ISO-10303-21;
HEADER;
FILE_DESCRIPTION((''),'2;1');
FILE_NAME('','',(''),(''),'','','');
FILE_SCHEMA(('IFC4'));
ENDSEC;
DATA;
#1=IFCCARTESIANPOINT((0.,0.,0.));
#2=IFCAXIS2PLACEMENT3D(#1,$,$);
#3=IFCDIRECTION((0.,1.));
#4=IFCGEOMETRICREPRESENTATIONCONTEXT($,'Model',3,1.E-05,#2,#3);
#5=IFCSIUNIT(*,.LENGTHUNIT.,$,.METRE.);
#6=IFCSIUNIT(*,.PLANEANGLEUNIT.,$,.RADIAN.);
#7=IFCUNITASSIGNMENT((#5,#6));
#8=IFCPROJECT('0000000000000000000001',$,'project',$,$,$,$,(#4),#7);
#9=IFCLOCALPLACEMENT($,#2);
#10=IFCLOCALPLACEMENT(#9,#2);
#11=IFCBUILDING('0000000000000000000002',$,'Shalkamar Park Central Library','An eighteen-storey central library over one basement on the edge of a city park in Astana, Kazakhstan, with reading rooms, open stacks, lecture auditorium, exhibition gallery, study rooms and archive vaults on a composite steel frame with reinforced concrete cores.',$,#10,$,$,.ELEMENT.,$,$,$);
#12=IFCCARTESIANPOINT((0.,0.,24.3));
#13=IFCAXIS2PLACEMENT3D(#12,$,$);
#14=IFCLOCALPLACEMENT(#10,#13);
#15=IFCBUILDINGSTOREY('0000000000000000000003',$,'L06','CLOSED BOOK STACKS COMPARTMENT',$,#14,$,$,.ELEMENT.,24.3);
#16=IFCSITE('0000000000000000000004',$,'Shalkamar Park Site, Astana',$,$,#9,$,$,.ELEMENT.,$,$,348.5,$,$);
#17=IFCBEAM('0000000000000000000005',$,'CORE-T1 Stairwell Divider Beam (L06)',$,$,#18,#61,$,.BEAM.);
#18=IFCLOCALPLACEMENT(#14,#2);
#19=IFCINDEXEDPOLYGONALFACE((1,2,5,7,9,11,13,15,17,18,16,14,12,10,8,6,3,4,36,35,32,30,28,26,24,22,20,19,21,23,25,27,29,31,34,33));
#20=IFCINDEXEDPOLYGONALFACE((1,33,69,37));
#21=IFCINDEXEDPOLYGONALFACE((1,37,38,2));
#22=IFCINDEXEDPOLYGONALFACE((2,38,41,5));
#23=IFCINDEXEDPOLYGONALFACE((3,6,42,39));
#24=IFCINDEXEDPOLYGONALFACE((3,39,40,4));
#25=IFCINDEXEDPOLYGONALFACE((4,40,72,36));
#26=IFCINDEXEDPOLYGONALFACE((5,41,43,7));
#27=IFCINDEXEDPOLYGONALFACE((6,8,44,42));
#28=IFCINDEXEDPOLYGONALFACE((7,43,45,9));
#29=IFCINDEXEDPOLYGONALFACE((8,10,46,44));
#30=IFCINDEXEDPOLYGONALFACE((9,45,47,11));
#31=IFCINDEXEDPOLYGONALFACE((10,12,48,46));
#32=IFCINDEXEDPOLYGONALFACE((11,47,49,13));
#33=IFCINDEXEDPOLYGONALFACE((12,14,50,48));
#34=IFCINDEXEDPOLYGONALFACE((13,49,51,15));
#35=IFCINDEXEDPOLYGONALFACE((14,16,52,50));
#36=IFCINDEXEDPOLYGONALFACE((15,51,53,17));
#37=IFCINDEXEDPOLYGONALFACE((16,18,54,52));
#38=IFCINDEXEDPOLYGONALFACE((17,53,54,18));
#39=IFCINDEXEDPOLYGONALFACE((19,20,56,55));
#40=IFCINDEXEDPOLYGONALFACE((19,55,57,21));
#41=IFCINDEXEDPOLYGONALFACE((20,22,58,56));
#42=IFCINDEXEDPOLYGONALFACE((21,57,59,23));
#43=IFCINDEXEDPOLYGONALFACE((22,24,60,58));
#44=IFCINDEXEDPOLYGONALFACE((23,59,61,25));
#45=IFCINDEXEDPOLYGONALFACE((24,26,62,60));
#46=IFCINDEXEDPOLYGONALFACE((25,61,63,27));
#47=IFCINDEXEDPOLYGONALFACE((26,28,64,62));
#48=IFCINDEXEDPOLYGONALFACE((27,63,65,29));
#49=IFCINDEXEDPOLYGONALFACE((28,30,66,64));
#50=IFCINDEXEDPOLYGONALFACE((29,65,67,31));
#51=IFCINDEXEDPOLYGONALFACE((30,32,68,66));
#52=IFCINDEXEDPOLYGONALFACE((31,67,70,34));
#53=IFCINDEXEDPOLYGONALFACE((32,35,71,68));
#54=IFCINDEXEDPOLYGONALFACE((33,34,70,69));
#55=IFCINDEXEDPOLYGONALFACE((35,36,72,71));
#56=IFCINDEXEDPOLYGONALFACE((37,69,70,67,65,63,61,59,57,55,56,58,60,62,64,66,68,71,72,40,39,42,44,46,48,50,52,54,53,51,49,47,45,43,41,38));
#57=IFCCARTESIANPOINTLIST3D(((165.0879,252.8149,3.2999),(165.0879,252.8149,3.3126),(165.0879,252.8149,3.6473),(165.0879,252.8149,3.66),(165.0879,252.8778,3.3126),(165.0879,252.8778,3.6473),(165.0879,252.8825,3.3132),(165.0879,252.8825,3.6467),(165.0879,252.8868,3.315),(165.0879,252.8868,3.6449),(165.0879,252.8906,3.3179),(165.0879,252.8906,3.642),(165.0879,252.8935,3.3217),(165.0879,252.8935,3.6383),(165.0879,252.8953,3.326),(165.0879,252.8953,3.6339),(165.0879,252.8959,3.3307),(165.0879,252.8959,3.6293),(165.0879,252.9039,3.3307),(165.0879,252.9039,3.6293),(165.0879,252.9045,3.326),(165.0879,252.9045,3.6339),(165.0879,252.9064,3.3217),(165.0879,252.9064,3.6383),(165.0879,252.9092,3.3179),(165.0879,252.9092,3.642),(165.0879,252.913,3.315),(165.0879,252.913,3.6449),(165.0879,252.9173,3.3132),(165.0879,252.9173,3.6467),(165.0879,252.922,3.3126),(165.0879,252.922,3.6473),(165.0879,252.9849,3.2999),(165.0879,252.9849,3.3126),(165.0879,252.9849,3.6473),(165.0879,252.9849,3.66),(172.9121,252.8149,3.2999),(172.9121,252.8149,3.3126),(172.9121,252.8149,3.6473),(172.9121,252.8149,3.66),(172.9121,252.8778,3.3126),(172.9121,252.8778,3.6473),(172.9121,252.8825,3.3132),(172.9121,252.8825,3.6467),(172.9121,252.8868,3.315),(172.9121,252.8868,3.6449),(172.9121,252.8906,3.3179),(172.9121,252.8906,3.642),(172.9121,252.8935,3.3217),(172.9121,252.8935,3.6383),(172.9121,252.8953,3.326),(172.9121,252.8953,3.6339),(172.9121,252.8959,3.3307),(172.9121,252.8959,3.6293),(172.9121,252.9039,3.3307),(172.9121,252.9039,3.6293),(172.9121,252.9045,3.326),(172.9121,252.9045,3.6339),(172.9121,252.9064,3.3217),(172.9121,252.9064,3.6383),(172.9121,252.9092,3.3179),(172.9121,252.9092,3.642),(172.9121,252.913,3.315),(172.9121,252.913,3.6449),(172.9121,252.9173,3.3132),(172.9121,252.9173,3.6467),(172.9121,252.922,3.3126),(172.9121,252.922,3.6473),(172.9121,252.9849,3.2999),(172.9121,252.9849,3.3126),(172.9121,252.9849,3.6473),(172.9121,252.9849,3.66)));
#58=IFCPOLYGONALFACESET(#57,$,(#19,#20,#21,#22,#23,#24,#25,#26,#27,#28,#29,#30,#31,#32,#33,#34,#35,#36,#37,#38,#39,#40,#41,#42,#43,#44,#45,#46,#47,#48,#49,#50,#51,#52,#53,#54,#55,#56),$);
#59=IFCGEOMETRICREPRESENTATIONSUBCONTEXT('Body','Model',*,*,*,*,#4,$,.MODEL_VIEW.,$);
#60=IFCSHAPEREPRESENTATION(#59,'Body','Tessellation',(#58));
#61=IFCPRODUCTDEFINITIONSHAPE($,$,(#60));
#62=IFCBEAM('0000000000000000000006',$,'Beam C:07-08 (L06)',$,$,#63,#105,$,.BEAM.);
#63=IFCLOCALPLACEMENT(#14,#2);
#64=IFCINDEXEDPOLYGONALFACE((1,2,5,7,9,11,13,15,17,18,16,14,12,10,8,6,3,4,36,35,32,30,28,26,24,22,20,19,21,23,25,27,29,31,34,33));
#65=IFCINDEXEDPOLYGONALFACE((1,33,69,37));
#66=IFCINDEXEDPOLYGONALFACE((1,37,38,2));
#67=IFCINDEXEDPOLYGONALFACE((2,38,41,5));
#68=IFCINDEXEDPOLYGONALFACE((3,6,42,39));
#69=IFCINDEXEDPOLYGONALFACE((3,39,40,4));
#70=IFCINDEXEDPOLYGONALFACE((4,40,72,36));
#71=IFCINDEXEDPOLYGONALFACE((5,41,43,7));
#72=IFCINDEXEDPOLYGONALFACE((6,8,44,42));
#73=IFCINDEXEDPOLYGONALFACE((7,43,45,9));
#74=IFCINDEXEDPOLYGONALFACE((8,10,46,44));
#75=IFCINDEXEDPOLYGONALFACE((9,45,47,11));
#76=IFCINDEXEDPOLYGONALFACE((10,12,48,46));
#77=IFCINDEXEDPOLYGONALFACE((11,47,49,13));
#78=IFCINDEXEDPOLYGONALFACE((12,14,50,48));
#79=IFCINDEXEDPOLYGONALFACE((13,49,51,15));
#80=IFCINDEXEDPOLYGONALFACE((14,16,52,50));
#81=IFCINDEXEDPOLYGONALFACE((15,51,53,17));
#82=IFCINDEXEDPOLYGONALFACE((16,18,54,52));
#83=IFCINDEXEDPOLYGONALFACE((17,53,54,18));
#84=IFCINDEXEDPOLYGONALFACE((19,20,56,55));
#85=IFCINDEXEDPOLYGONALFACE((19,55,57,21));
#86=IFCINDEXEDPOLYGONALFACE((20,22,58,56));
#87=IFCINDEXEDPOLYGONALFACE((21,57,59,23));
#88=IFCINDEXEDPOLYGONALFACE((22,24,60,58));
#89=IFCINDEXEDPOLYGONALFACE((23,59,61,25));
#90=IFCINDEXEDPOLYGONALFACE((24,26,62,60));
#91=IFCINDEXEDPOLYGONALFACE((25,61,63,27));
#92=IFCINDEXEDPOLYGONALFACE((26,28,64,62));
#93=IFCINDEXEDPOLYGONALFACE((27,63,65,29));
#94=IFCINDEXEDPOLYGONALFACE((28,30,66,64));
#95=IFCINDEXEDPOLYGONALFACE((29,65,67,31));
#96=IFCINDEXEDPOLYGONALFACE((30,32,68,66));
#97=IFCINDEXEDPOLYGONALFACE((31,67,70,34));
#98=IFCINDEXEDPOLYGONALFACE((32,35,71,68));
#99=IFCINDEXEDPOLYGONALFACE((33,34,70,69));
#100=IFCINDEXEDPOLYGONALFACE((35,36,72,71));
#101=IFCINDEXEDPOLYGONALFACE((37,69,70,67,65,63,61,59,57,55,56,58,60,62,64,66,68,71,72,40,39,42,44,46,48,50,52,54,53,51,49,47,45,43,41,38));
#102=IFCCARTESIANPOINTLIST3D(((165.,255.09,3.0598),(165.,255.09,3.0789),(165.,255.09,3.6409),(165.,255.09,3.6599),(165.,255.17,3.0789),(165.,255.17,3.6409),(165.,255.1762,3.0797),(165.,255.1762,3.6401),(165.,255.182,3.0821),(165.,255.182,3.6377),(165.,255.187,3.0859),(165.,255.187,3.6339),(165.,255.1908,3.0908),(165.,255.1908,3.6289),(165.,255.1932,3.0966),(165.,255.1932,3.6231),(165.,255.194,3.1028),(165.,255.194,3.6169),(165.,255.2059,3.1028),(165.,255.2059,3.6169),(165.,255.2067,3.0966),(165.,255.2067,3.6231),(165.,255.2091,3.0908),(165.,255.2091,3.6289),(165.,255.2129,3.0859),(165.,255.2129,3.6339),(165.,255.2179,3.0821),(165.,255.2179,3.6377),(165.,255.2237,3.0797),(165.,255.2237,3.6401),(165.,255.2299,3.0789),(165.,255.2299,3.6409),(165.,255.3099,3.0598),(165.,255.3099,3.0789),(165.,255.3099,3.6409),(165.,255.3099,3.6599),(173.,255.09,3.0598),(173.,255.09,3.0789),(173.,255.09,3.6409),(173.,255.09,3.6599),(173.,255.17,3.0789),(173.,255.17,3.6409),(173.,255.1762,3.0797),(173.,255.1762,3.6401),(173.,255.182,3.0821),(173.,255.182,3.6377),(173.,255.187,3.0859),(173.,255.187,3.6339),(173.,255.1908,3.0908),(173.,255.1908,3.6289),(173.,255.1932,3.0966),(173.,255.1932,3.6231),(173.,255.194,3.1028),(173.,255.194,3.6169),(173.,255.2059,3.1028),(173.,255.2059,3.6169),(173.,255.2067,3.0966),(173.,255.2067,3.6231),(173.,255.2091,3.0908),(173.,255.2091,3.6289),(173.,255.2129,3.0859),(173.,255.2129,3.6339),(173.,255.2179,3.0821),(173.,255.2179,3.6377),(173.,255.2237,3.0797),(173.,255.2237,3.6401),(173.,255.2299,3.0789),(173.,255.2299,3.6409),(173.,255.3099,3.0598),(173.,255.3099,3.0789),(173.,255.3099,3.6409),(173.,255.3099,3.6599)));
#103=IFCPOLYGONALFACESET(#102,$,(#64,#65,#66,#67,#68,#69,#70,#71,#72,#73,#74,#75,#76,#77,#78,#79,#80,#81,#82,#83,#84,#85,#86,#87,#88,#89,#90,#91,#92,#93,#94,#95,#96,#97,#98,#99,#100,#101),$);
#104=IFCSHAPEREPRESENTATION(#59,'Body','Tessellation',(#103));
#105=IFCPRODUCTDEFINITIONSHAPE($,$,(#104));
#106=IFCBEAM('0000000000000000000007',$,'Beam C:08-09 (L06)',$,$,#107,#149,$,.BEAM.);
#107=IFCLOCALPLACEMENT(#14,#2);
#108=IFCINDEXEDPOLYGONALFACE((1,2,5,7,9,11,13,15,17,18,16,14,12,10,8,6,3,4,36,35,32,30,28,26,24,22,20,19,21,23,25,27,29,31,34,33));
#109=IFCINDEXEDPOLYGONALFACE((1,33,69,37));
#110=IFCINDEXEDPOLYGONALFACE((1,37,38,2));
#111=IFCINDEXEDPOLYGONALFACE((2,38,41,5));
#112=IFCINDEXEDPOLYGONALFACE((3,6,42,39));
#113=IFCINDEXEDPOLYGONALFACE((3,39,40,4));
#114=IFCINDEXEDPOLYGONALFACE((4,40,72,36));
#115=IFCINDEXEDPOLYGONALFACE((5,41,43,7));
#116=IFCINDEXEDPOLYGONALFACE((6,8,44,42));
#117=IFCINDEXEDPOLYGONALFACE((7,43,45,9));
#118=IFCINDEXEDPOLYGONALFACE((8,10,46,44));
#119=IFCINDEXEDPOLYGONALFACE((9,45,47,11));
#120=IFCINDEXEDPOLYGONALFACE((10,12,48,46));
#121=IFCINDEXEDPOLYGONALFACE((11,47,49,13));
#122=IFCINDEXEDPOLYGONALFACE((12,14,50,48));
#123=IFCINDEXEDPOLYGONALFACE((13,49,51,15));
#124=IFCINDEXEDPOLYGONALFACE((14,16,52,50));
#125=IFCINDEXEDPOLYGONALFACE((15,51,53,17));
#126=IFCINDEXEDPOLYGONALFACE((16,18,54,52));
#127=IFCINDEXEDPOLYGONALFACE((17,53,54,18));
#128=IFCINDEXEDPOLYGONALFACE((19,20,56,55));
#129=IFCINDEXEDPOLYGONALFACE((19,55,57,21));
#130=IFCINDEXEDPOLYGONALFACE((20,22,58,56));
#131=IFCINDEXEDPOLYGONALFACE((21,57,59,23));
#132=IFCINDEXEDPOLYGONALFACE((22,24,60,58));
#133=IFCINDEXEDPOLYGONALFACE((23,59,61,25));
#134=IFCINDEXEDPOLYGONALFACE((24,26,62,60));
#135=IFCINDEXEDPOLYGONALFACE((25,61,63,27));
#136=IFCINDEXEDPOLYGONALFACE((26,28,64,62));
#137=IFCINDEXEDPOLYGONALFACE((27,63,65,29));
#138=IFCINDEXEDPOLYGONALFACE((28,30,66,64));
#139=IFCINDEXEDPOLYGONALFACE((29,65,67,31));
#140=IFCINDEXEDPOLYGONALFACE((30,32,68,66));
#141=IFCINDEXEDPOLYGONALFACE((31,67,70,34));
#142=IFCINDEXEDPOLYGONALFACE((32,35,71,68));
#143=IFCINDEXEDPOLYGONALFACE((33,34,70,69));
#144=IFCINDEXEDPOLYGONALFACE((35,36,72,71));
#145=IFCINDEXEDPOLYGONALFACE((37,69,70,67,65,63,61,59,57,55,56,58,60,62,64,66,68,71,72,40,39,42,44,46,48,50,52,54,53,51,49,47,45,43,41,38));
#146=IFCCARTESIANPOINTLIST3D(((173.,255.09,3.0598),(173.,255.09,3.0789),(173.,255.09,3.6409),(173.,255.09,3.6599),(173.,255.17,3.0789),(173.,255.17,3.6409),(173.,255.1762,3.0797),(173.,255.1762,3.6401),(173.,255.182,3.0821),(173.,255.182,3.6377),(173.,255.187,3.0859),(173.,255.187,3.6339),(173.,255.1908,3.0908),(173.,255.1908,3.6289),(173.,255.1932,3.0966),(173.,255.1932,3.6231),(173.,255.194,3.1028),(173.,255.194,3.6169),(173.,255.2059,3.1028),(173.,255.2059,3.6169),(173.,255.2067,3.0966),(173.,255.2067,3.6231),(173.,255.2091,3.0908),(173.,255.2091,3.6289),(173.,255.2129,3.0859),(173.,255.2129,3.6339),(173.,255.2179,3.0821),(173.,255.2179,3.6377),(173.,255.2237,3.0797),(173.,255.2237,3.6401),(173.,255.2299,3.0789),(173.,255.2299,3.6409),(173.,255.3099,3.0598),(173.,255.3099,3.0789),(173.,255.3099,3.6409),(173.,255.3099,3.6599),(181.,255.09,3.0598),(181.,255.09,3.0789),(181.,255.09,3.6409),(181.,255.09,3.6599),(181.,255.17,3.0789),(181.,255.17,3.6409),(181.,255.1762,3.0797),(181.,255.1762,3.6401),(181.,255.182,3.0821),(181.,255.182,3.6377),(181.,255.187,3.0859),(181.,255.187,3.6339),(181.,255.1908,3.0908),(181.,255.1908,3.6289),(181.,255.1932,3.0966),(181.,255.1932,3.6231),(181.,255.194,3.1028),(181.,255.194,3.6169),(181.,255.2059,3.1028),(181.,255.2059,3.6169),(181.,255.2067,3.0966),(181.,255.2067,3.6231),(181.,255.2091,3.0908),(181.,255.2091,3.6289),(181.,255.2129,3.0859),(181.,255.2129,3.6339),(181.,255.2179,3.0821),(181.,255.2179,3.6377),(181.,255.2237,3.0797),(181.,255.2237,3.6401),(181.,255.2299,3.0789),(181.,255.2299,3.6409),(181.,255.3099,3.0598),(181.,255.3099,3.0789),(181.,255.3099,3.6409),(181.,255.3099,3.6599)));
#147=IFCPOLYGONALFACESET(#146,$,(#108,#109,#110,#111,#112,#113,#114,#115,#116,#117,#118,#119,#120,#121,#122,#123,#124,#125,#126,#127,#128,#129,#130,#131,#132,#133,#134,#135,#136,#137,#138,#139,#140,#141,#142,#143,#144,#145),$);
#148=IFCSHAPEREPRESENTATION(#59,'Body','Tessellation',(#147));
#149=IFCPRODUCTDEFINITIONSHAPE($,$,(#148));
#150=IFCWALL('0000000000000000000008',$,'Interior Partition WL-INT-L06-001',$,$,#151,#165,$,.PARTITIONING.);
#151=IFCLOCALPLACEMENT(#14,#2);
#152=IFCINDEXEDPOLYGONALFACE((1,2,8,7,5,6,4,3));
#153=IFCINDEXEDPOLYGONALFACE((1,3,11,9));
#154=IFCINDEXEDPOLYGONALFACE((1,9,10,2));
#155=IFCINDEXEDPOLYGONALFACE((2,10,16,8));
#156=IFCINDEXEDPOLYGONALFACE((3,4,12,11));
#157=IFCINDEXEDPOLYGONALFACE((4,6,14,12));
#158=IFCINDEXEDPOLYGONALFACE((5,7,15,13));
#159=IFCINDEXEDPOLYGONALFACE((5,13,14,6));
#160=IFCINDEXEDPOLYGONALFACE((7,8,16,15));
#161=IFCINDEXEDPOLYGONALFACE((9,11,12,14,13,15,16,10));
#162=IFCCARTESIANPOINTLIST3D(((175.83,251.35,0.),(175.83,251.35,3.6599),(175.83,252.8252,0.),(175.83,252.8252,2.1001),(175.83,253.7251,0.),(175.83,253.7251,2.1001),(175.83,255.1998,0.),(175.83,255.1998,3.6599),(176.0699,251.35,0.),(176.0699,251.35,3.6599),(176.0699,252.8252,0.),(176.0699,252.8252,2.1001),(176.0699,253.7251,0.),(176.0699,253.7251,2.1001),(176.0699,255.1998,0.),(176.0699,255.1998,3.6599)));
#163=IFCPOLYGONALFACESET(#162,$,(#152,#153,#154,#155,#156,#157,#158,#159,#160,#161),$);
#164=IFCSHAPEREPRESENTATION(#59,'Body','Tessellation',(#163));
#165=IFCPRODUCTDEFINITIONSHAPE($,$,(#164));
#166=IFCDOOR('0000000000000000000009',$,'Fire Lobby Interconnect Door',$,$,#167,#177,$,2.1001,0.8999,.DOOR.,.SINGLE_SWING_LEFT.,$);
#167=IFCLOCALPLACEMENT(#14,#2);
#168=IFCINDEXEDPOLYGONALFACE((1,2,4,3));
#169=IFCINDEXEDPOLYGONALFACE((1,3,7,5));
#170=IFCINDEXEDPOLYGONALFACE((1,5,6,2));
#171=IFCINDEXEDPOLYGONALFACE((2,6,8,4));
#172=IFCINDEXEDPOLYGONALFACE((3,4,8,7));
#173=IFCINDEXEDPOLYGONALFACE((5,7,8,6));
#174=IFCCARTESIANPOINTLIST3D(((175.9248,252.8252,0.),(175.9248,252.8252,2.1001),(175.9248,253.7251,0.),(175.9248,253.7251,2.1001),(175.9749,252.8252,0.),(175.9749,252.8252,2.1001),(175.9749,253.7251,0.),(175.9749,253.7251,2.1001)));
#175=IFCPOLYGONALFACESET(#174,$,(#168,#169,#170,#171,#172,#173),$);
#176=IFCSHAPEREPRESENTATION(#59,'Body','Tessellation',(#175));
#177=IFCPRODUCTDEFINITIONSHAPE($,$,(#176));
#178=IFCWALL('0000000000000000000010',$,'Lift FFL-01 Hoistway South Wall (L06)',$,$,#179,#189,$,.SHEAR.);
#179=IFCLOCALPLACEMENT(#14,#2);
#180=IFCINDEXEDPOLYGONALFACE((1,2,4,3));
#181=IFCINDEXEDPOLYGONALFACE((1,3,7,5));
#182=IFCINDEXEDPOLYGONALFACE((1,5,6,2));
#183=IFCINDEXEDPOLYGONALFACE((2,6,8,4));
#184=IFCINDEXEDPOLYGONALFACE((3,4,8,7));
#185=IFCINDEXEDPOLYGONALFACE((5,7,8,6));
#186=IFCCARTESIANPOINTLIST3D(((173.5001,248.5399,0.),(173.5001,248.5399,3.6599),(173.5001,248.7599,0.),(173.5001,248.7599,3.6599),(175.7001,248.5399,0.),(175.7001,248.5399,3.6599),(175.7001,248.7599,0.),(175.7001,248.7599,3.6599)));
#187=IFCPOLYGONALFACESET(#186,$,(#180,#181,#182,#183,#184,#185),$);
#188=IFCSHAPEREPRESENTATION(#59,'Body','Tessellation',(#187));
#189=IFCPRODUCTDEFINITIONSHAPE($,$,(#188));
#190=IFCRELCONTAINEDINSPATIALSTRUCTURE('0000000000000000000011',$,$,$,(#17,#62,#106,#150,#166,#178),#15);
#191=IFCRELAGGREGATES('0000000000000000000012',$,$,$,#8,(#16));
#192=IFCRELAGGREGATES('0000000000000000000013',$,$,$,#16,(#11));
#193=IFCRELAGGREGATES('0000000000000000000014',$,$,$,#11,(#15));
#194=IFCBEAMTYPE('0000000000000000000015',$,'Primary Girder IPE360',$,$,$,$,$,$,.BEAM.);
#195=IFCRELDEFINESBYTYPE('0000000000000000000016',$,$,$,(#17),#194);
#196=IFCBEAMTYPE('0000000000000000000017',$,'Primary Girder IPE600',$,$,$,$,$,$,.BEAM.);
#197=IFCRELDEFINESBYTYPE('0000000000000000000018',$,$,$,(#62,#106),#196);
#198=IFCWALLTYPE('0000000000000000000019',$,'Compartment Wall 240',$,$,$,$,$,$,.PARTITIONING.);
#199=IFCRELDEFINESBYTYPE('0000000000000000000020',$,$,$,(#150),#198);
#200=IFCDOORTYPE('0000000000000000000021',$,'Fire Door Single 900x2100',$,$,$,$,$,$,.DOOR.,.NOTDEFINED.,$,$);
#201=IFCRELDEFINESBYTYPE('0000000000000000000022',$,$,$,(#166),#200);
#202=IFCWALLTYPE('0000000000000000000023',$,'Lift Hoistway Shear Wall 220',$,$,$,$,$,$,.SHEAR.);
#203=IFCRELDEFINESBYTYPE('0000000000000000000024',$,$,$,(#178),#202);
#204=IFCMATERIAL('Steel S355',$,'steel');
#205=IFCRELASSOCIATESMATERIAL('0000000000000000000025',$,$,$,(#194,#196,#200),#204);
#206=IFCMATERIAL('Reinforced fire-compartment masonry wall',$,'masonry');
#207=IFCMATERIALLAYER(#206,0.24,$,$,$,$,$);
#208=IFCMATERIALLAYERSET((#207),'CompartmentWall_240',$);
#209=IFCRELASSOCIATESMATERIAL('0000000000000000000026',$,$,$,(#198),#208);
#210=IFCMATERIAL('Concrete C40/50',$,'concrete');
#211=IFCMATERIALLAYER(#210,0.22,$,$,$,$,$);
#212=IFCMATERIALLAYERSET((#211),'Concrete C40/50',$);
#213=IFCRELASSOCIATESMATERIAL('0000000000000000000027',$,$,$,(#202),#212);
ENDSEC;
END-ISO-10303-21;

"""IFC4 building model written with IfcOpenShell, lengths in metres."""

from ifc_helpers import new_model, si_unit, direction, frame, frame_2d, origin, origin_2d, place, context, subcontext, project, spatial, rectangle, i_section, extrude, material, layer, layer_set, material_profile, profile_set, type_object, element, fill, save


model = new_model("IFC4")

# Units and contexts
model_context = context("Model", 3, precision=1e-05, world=origin(), true_north=direction((0.0, 1.0)))
body_context = subcontext(model_context, "Body", "Model", "MODEL_VIEW")
ifc_project = project(units=[si_unit("LENGTHUNIT", "METRE"), si_unit("PLANEANGLEUNIT", "RADIAN")], contexts=[model_context])

# Site, building, storey
site_placement = place(None, origin())
site = spatial("IfcSite", under=ifc_project, at=site_placement, Name="Shalkamar Park Site, Astana", CompositionType="ELEMENT", RefElevation=348.5)
building_placement = place(site_placement, origin())
building = spatial("IfcBuilding", under=site, at=building_placement, Name="Shalkamar Park Central Library", Description="An eighteen-storey central library over one basement on the edge of a city park in Astana, Kazakhstan, with reading rooms, open stacks, lecture auditorium, exhibition gallery, study rooms and archive vaults on a composite steel frame with reinforced concrete cores.", CompositionType="ELEMENT")
storey_placement = place(building_placement, frame((0.0, 0.0, 24.3)))
storey = spatial("IfcBuildingStorey", under=building, at=storey_placement, Name="L06", Description="CLOSED BOOK STACKS COMPARTMENT", CompositionType="ELEMENT", Elevation=24.3)

# Shared definitions
ifc_material_1 = material(Name="Steel S355", Category="steel")

# Beams
ifc_material_profile_1 = material_profile(ifc_material_1, i_section(OverallWidth=0.1699, OverallDepth=0.3601, WebThickness=0.0081, FlangeThickness=0.0127, FilletRadius=0.0181, at=origin_2d()), Name="IPE 360")
ifc_profile_set_1 = profile_set([ifc_material_profile_1], Name="Steel S355")
beam_type_1 = type_object("IfcBeamType", Name="Primary Girder IPE360", PredefinedType="BEAM", material=ifc_profile_set_1)
beam_1_placement = place(storey_placement, frame((165.0879, 252.8999, 3.48), z_axis=(1.0, 0.0, 0.0), x_axis=(0.0, 1.0, 0.0)))
element("IfcBeam", 1, at=beam_1_placement, inside=storey, type_object=beam_type_1, Name="CORE-T1 Stairwell Divider Beam (L06)", PredefinedType="BEAM", context=body_context, shape_type="SweptSolid", body=[
    extrude(i_section(OverallWidth=0.1699, OverallDepth=0.3601, WebThickness=0.0081, FlangeThickness=0.0127, FilletRadius=0.0181, at=origin_2d()), origin(), (0.0, 0.0, 1.0), 7.8242),
])
ifc_material_profile_2 = material_profile(ifc_material_1, i_section(OverallWidth=0.22, OverallDepth=0.6001, WebThickness=0.012, FlangeThickness=0.019, FilletRadius=0.0239, at=origin_2d()), Name="IPE 600")
ifc_profile_set_2 = profile_set([ifc_material_profile_2], Name="Steel S355")
beam_type_2 = type_object("IfcBeamType", Name="Primary Girder IPE600", PredefinedType="BEAM", material=ifc_profile_set_2)
for number, where, z_axis, x_axis, name in (
    (2, (165.0, 255.2, 3.3599), (1.0, 0.0, 0.0), (0.0, 1.0, 0.0), "Beam C:07-08 (L06)"),
    (3, (173.0, 255.2, 3.3599), (1.0, 0.0, 0.0), (0.0, 1.0, 0.0), "Beam C:08-09 (L06)"),
):
    element("IfcBeam", number, at=place(storey_placement, frame(where, z_axis=z_axis, x_axis=x_axis)), inside=storey, type_object=beam_type_2, Name=name, PredefinedType="BEAM", context=body_context, shape_type="SweptSolid", body=[
        extrude(i_section(OverallWidth=0.22, OverallDepth=0.6001, WebThickness=0.012, FlangeThickness=0.019, FilletRadius=0.0239, at=origin_2d()), origin(), (0.0, 0.0, 1.0), 8.0),
    ])

# Wall, opening, door
ifc_material_2 = material(Name="Reinforced fire-compartment masonry wall", Category="masonry")
ifc_layer_1 = layer(ifc_material_2, 0.24)
ifc_layer_set_1 = layer_set([ifc_layer_1], Name="CompartmentWall_240")
wall_type_1 = type_object("IfcWallType", Name="Compartment Wall 240", PredefinedType="PARTITIONING", material=ifc_layer_set_1)
wall_1_placement = place(storey_placement, frame((175.95, 251.3501, 0.0), z_axis=(0.0, 0.0, 1.0), x_axis=(0.0, 1.0, 0.0)))
wall_1 = element("IfcWall", 4, at=wall_1_placement, inside=storey, type_object=wall_type_1, Name="Interior Partition WL-INT-L06-001", PredefinedType="PARTITIONING", context=body_context, shape_type="SweptSolid", body=[
    extrude(rectangle(XDim=3.8499, YDim=0.24, at=frame_2d((1.9248, 0.0))), origin(), (0.0, 0.0, 1.0), 3.6599),
])
opening_1_placement = place(wall_1_placement, frame((1.4751, 0.0, 0.0)))
opening_1 = element("IfcOpeningElement", 5, at=opening_1_placement, cuts=wall_1, PredefinedType="OPENING", context=body_context, shape_type="SweptSolid", body=[
    extrude(rectangle(XDim=0.8999, YDim=2.1001, at=frame_2d((0.45, 1.05))), frame((0.0, 0.1348, 0.0), z_axis=(0.0, -1.0, 0.0), x_axis=(1.0, 0.0, 0.0)), (0.0, 0.0, 1.0), 0.2698),
])
door_type_1 = type_object("IfcDoorType", Name="Fire Door Single 900x2100", OperationType="NOTDEFINED", PredefinedType="DOOR", material=ifc_material_1)
door_1_placement = place(opening_1_placement, frame((0.8999, 0.0, 0.0), z_axis=(0.0, 0.0, 1.0), x_axis=(-1.0, 0.0, 0.0)))
door_1 = element("IfcDoor", 6, at=door_1_placement, inside=storey, type_object=door_type_1, Name="Fire Lobby Interconnect Door", OperationType="SINGLE_SWING_LEFT", OverallHeight=2.1001, OverallWidth=0.8999, PredefinedType="DOOR", context=body_context, shape_type="SweptSolid", body=[
    extrude(rectangle(XDim=0.8999, YDim=2.1001, at=frame_2d((0.45, 1.05))), frame((0.0, 0.0249, 0.0), z_axis=(0.0, -1.0, 0.0), x_axis=(1.0, 0.0, 0.0)), (0.0, 0.0, 1.0), 0.05),
])
fill(opening_1, door_1)

# Wall
ifc_material_3 = material(Name="Concrete C40/50", Category="concrete")
ifc_layer_2 = layer(ifc_material_3, 0.22)
ifc_layer_set_2 = layer_set([ifc_layer_2], Name="Concrete C40/50")
wall_type_2 = type_object("IfcWallType", Name="Lift Hoistway Shear Wall 220", PredefinedType="SHEAR", material=ifc_layer_set_2)
wall_2_placement = place(storey_placement, frame((173.5, 248.6499, 0.0), z_axis=(0.0, 0.0, 1.0), x_axis=(1.0, 0.0, 0.0)))
element("IfcWall", 7, at=wall_2_placement, inside=storey, type_object=wall_type_2, Name="Lift FFL-01 Hoistway South Wall (L06)", PredefinedType="SHEAR", context=body_context, shape_type="SweptSolid", body=[
    extrude(rectangle(XDim=2.2, YDim=0.22, at=frame_2d((1.1001, 0.0))), origin(), (0.0, 0.0, 1.0), 3.6599),
])

save(model, "model.ifc")
